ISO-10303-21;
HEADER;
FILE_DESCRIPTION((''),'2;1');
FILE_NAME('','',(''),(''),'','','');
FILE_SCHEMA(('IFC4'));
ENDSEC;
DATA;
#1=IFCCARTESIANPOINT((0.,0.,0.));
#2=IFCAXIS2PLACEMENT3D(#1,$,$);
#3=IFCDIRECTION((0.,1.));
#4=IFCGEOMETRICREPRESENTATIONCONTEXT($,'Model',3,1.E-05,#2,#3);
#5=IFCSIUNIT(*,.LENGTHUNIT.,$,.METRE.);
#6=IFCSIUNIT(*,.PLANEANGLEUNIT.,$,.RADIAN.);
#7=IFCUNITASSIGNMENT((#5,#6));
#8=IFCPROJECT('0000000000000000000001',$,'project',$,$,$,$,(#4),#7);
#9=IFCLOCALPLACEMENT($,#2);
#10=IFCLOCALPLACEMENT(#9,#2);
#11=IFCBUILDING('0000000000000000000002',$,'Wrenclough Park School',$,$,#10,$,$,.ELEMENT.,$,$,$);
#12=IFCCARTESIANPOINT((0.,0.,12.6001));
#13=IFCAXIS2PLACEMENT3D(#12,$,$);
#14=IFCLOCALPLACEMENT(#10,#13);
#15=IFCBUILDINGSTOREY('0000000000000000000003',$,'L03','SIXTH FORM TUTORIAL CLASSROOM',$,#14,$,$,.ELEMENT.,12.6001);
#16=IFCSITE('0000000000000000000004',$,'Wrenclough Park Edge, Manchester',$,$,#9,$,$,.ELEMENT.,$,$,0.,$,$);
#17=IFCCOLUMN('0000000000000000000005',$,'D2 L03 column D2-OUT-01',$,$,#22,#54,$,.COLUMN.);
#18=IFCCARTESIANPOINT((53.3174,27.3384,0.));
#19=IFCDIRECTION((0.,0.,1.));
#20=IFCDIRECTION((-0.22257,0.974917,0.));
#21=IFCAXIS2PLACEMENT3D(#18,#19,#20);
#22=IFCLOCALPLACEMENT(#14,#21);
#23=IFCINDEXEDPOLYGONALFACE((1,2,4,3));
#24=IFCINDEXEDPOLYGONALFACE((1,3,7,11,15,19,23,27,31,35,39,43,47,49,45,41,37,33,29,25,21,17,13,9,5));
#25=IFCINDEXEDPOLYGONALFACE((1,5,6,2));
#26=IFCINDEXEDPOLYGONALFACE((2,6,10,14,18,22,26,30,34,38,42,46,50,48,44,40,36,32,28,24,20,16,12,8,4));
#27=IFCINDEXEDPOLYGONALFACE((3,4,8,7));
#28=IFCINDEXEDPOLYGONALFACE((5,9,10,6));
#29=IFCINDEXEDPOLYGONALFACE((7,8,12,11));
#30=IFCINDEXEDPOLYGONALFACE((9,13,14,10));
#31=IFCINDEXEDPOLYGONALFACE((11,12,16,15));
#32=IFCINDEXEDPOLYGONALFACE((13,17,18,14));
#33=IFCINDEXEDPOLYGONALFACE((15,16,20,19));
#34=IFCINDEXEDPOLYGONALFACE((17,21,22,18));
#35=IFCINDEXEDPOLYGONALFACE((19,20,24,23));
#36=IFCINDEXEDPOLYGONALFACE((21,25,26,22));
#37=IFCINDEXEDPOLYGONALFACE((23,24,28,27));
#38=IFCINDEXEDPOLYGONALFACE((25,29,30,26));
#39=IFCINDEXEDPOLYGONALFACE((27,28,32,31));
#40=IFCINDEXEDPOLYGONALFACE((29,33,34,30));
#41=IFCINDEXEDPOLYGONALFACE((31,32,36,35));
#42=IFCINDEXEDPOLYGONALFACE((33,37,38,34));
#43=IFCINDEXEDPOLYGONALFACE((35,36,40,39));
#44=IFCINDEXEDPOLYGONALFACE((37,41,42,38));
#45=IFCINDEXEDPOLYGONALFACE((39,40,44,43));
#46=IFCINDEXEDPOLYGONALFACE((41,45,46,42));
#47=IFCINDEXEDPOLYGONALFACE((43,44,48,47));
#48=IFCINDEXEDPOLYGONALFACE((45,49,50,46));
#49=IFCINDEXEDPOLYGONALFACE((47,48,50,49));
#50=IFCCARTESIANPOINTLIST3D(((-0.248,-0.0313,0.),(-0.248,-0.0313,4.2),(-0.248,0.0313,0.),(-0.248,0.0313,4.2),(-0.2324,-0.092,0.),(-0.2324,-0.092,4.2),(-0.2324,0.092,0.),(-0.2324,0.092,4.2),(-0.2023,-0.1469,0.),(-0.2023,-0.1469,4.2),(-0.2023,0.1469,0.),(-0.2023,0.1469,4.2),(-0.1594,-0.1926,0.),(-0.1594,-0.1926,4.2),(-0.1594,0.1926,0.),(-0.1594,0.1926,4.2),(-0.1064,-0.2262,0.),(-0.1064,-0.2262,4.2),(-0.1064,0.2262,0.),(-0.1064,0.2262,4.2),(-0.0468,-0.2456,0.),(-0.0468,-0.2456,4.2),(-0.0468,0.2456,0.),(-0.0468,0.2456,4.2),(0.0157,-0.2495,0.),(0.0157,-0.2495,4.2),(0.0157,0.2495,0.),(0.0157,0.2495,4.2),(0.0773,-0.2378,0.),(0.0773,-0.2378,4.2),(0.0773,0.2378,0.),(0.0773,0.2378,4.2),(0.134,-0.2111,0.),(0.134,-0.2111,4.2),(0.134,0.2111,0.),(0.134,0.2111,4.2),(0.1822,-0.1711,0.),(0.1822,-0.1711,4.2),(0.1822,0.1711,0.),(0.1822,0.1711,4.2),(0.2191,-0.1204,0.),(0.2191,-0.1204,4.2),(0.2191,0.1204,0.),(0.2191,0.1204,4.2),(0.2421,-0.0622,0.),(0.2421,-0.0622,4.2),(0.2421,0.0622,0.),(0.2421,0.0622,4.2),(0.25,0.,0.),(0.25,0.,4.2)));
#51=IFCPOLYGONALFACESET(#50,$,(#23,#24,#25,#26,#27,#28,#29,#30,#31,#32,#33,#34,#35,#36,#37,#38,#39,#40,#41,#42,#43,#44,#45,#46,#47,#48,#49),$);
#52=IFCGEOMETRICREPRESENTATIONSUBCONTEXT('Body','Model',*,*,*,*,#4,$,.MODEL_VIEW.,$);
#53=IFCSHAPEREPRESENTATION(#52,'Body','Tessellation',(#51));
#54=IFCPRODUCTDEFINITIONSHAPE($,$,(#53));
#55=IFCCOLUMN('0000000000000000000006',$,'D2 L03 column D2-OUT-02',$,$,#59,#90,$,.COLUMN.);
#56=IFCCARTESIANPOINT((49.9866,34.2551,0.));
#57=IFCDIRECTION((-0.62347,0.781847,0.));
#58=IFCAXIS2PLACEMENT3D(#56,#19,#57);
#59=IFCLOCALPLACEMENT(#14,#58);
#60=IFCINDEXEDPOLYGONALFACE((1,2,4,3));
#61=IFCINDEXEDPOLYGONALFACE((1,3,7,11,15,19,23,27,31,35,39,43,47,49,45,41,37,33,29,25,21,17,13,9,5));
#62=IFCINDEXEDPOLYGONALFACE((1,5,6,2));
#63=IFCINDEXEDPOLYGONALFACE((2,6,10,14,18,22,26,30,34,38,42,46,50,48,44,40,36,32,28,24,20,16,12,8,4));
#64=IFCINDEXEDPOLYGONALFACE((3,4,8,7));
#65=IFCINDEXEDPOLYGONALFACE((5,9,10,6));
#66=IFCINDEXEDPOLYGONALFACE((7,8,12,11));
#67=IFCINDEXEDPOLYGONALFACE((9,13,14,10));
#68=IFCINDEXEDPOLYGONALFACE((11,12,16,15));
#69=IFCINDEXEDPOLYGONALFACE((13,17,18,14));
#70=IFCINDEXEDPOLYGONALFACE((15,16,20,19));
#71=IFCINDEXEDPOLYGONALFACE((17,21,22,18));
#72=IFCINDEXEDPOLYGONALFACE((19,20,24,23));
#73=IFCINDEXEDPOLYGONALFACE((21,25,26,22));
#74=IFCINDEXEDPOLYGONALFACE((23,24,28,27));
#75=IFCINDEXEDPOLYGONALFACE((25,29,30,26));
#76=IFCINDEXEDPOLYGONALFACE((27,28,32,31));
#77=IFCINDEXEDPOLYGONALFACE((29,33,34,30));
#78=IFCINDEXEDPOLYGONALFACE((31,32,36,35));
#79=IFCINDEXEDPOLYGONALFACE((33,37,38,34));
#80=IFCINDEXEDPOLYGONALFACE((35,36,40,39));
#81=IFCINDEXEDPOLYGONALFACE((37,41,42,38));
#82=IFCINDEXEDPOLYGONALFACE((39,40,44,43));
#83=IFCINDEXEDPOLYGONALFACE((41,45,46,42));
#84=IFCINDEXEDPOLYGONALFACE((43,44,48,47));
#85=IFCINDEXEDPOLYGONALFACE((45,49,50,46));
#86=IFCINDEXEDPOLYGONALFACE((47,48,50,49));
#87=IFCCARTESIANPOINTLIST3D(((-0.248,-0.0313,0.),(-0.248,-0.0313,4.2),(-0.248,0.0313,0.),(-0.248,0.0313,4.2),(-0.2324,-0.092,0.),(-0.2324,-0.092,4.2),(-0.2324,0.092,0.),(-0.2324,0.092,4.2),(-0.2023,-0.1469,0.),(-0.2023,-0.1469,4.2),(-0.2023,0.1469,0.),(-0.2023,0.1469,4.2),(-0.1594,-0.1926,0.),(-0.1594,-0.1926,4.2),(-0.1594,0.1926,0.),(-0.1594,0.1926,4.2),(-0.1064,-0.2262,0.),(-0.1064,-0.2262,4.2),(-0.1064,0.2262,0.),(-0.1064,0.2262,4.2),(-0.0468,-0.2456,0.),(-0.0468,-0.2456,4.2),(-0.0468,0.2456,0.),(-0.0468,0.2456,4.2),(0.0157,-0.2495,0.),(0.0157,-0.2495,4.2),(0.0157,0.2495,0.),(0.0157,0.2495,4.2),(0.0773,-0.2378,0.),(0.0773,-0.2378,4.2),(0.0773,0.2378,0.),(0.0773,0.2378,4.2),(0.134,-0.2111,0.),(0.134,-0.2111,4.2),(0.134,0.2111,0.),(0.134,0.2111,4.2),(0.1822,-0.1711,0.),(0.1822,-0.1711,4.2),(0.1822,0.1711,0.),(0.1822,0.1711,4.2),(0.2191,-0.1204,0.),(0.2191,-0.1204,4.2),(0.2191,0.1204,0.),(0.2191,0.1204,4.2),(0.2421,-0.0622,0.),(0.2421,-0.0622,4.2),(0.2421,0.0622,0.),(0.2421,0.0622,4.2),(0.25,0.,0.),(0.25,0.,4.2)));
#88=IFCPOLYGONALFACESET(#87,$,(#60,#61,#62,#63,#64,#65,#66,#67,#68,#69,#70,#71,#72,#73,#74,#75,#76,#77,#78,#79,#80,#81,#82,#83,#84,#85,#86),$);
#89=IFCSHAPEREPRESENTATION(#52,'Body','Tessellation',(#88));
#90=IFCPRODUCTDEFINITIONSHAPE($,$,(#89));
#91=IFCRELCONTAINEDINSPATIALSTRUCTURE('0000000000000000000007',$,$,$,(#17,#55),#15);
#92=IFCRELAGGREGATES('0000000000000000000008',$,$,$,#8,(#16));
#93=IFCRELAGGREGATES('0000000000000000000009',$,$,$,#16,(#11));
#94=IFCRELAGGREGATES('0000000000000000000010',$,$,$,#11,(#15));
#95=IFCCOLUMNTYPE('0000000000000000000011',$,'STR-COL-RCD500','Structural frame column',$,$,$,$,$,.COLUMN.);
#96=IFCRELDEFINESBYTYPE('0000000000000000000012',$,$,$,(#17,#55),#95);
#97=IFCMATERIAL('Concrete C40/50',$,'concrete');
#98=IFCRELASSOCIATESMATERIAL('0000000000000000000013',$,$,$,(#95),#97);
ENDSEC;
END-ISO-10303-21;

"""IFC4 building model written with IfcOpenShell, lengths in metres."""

from ifc_helpers import new_model, si_unit, direction, frame, origin, origin_2d, place, context, subcontext, project, spatial, circle, extrude, material, material_profile, profile_set, type_object, element, save


model = new_model("IFC4")

# Units and contexts
model_context = context("Model", 3, precision=1e-05, world=origin(), true_north=direction((0.0, 1.0)))
body_context = subcontext(model_context, "Body", "Model", "MODEL_VIEW")
ifc_project = project(units=[si_unit("LENGTHUNIT", "METRE"), si_unit("PLANEANGLEUNIT", "RADIAN")], contexts=[model_context])

# Site, building, storey
site_placement = place(None, origin())
site = spatial("IfcSite", under=ifc_project, at=site_placement, Name="Wrenclough Park Edge, Manchester", CompositionType="ELEMENT", RefElevation=0.0)
building_placement = place(site_placement, origin())
building = spatial("IfcBuilding", under=site, at=building_placement, Name="Wrenclough Park School", CompositionType="ELEMENT")
storey_placement = place(building_placement, frame((0.0, 0.0, 12.6001)))
storey = spatial("IfcBuildingStorey", under=building, at=storey_placement, Name="L03", Description="SIXTH FORM TUTORIAL CLASSROOM", CompositionType="ELEMENT", Elevation=12.6001)

# Columns
ifc_material_1 = material(Name="Concrete C40/50", Category="concrete")
ifc_material_profile_1 = material_profile(ifc_material_1, circle(Radius=0.25, at=origin_2d()), Name="RC COL D500")
ifc_profile_set_1 = profile_set([ifc_material_profile_1], Name="Concrete C40/50")
column_type = type_object("IfcColumnType", Name="STR-COL-RCD500", Description="Structural frame column", PredefinedType="COLUMN", material=ifc_profile_set_1)
for number, where, z_axis, x_axis, name in (
    (1, (53.3174, 27.3384, 0.0), (0.0, 0.0, 1.0), (-0.22257, 0.974917, 0.0), "D2 L03 column D2-OUT-01"),
    (2, (49.9866, 34.2551, 0.0), (0.0, 0.0, 1.0), (-0.62347, 0.781847, 0.0), "D2 L03 column D2-OUT-02"),
):
    element("IfcColumn", number, at=place(storey_placement, frame(where, z_axis=z_axis, x_axis=x_axis)), inside=storey, type_object=column_type, Name=name, PredefinedType="COLUMN", context=body_context, shape_type="SweptSolid", body=[
        extrude(circle(Radius=0.25, at=origin_2d()), origin(), (0.0, 0.0, 1.0), 4.2),
    ])

save(model, "model.ifc")
